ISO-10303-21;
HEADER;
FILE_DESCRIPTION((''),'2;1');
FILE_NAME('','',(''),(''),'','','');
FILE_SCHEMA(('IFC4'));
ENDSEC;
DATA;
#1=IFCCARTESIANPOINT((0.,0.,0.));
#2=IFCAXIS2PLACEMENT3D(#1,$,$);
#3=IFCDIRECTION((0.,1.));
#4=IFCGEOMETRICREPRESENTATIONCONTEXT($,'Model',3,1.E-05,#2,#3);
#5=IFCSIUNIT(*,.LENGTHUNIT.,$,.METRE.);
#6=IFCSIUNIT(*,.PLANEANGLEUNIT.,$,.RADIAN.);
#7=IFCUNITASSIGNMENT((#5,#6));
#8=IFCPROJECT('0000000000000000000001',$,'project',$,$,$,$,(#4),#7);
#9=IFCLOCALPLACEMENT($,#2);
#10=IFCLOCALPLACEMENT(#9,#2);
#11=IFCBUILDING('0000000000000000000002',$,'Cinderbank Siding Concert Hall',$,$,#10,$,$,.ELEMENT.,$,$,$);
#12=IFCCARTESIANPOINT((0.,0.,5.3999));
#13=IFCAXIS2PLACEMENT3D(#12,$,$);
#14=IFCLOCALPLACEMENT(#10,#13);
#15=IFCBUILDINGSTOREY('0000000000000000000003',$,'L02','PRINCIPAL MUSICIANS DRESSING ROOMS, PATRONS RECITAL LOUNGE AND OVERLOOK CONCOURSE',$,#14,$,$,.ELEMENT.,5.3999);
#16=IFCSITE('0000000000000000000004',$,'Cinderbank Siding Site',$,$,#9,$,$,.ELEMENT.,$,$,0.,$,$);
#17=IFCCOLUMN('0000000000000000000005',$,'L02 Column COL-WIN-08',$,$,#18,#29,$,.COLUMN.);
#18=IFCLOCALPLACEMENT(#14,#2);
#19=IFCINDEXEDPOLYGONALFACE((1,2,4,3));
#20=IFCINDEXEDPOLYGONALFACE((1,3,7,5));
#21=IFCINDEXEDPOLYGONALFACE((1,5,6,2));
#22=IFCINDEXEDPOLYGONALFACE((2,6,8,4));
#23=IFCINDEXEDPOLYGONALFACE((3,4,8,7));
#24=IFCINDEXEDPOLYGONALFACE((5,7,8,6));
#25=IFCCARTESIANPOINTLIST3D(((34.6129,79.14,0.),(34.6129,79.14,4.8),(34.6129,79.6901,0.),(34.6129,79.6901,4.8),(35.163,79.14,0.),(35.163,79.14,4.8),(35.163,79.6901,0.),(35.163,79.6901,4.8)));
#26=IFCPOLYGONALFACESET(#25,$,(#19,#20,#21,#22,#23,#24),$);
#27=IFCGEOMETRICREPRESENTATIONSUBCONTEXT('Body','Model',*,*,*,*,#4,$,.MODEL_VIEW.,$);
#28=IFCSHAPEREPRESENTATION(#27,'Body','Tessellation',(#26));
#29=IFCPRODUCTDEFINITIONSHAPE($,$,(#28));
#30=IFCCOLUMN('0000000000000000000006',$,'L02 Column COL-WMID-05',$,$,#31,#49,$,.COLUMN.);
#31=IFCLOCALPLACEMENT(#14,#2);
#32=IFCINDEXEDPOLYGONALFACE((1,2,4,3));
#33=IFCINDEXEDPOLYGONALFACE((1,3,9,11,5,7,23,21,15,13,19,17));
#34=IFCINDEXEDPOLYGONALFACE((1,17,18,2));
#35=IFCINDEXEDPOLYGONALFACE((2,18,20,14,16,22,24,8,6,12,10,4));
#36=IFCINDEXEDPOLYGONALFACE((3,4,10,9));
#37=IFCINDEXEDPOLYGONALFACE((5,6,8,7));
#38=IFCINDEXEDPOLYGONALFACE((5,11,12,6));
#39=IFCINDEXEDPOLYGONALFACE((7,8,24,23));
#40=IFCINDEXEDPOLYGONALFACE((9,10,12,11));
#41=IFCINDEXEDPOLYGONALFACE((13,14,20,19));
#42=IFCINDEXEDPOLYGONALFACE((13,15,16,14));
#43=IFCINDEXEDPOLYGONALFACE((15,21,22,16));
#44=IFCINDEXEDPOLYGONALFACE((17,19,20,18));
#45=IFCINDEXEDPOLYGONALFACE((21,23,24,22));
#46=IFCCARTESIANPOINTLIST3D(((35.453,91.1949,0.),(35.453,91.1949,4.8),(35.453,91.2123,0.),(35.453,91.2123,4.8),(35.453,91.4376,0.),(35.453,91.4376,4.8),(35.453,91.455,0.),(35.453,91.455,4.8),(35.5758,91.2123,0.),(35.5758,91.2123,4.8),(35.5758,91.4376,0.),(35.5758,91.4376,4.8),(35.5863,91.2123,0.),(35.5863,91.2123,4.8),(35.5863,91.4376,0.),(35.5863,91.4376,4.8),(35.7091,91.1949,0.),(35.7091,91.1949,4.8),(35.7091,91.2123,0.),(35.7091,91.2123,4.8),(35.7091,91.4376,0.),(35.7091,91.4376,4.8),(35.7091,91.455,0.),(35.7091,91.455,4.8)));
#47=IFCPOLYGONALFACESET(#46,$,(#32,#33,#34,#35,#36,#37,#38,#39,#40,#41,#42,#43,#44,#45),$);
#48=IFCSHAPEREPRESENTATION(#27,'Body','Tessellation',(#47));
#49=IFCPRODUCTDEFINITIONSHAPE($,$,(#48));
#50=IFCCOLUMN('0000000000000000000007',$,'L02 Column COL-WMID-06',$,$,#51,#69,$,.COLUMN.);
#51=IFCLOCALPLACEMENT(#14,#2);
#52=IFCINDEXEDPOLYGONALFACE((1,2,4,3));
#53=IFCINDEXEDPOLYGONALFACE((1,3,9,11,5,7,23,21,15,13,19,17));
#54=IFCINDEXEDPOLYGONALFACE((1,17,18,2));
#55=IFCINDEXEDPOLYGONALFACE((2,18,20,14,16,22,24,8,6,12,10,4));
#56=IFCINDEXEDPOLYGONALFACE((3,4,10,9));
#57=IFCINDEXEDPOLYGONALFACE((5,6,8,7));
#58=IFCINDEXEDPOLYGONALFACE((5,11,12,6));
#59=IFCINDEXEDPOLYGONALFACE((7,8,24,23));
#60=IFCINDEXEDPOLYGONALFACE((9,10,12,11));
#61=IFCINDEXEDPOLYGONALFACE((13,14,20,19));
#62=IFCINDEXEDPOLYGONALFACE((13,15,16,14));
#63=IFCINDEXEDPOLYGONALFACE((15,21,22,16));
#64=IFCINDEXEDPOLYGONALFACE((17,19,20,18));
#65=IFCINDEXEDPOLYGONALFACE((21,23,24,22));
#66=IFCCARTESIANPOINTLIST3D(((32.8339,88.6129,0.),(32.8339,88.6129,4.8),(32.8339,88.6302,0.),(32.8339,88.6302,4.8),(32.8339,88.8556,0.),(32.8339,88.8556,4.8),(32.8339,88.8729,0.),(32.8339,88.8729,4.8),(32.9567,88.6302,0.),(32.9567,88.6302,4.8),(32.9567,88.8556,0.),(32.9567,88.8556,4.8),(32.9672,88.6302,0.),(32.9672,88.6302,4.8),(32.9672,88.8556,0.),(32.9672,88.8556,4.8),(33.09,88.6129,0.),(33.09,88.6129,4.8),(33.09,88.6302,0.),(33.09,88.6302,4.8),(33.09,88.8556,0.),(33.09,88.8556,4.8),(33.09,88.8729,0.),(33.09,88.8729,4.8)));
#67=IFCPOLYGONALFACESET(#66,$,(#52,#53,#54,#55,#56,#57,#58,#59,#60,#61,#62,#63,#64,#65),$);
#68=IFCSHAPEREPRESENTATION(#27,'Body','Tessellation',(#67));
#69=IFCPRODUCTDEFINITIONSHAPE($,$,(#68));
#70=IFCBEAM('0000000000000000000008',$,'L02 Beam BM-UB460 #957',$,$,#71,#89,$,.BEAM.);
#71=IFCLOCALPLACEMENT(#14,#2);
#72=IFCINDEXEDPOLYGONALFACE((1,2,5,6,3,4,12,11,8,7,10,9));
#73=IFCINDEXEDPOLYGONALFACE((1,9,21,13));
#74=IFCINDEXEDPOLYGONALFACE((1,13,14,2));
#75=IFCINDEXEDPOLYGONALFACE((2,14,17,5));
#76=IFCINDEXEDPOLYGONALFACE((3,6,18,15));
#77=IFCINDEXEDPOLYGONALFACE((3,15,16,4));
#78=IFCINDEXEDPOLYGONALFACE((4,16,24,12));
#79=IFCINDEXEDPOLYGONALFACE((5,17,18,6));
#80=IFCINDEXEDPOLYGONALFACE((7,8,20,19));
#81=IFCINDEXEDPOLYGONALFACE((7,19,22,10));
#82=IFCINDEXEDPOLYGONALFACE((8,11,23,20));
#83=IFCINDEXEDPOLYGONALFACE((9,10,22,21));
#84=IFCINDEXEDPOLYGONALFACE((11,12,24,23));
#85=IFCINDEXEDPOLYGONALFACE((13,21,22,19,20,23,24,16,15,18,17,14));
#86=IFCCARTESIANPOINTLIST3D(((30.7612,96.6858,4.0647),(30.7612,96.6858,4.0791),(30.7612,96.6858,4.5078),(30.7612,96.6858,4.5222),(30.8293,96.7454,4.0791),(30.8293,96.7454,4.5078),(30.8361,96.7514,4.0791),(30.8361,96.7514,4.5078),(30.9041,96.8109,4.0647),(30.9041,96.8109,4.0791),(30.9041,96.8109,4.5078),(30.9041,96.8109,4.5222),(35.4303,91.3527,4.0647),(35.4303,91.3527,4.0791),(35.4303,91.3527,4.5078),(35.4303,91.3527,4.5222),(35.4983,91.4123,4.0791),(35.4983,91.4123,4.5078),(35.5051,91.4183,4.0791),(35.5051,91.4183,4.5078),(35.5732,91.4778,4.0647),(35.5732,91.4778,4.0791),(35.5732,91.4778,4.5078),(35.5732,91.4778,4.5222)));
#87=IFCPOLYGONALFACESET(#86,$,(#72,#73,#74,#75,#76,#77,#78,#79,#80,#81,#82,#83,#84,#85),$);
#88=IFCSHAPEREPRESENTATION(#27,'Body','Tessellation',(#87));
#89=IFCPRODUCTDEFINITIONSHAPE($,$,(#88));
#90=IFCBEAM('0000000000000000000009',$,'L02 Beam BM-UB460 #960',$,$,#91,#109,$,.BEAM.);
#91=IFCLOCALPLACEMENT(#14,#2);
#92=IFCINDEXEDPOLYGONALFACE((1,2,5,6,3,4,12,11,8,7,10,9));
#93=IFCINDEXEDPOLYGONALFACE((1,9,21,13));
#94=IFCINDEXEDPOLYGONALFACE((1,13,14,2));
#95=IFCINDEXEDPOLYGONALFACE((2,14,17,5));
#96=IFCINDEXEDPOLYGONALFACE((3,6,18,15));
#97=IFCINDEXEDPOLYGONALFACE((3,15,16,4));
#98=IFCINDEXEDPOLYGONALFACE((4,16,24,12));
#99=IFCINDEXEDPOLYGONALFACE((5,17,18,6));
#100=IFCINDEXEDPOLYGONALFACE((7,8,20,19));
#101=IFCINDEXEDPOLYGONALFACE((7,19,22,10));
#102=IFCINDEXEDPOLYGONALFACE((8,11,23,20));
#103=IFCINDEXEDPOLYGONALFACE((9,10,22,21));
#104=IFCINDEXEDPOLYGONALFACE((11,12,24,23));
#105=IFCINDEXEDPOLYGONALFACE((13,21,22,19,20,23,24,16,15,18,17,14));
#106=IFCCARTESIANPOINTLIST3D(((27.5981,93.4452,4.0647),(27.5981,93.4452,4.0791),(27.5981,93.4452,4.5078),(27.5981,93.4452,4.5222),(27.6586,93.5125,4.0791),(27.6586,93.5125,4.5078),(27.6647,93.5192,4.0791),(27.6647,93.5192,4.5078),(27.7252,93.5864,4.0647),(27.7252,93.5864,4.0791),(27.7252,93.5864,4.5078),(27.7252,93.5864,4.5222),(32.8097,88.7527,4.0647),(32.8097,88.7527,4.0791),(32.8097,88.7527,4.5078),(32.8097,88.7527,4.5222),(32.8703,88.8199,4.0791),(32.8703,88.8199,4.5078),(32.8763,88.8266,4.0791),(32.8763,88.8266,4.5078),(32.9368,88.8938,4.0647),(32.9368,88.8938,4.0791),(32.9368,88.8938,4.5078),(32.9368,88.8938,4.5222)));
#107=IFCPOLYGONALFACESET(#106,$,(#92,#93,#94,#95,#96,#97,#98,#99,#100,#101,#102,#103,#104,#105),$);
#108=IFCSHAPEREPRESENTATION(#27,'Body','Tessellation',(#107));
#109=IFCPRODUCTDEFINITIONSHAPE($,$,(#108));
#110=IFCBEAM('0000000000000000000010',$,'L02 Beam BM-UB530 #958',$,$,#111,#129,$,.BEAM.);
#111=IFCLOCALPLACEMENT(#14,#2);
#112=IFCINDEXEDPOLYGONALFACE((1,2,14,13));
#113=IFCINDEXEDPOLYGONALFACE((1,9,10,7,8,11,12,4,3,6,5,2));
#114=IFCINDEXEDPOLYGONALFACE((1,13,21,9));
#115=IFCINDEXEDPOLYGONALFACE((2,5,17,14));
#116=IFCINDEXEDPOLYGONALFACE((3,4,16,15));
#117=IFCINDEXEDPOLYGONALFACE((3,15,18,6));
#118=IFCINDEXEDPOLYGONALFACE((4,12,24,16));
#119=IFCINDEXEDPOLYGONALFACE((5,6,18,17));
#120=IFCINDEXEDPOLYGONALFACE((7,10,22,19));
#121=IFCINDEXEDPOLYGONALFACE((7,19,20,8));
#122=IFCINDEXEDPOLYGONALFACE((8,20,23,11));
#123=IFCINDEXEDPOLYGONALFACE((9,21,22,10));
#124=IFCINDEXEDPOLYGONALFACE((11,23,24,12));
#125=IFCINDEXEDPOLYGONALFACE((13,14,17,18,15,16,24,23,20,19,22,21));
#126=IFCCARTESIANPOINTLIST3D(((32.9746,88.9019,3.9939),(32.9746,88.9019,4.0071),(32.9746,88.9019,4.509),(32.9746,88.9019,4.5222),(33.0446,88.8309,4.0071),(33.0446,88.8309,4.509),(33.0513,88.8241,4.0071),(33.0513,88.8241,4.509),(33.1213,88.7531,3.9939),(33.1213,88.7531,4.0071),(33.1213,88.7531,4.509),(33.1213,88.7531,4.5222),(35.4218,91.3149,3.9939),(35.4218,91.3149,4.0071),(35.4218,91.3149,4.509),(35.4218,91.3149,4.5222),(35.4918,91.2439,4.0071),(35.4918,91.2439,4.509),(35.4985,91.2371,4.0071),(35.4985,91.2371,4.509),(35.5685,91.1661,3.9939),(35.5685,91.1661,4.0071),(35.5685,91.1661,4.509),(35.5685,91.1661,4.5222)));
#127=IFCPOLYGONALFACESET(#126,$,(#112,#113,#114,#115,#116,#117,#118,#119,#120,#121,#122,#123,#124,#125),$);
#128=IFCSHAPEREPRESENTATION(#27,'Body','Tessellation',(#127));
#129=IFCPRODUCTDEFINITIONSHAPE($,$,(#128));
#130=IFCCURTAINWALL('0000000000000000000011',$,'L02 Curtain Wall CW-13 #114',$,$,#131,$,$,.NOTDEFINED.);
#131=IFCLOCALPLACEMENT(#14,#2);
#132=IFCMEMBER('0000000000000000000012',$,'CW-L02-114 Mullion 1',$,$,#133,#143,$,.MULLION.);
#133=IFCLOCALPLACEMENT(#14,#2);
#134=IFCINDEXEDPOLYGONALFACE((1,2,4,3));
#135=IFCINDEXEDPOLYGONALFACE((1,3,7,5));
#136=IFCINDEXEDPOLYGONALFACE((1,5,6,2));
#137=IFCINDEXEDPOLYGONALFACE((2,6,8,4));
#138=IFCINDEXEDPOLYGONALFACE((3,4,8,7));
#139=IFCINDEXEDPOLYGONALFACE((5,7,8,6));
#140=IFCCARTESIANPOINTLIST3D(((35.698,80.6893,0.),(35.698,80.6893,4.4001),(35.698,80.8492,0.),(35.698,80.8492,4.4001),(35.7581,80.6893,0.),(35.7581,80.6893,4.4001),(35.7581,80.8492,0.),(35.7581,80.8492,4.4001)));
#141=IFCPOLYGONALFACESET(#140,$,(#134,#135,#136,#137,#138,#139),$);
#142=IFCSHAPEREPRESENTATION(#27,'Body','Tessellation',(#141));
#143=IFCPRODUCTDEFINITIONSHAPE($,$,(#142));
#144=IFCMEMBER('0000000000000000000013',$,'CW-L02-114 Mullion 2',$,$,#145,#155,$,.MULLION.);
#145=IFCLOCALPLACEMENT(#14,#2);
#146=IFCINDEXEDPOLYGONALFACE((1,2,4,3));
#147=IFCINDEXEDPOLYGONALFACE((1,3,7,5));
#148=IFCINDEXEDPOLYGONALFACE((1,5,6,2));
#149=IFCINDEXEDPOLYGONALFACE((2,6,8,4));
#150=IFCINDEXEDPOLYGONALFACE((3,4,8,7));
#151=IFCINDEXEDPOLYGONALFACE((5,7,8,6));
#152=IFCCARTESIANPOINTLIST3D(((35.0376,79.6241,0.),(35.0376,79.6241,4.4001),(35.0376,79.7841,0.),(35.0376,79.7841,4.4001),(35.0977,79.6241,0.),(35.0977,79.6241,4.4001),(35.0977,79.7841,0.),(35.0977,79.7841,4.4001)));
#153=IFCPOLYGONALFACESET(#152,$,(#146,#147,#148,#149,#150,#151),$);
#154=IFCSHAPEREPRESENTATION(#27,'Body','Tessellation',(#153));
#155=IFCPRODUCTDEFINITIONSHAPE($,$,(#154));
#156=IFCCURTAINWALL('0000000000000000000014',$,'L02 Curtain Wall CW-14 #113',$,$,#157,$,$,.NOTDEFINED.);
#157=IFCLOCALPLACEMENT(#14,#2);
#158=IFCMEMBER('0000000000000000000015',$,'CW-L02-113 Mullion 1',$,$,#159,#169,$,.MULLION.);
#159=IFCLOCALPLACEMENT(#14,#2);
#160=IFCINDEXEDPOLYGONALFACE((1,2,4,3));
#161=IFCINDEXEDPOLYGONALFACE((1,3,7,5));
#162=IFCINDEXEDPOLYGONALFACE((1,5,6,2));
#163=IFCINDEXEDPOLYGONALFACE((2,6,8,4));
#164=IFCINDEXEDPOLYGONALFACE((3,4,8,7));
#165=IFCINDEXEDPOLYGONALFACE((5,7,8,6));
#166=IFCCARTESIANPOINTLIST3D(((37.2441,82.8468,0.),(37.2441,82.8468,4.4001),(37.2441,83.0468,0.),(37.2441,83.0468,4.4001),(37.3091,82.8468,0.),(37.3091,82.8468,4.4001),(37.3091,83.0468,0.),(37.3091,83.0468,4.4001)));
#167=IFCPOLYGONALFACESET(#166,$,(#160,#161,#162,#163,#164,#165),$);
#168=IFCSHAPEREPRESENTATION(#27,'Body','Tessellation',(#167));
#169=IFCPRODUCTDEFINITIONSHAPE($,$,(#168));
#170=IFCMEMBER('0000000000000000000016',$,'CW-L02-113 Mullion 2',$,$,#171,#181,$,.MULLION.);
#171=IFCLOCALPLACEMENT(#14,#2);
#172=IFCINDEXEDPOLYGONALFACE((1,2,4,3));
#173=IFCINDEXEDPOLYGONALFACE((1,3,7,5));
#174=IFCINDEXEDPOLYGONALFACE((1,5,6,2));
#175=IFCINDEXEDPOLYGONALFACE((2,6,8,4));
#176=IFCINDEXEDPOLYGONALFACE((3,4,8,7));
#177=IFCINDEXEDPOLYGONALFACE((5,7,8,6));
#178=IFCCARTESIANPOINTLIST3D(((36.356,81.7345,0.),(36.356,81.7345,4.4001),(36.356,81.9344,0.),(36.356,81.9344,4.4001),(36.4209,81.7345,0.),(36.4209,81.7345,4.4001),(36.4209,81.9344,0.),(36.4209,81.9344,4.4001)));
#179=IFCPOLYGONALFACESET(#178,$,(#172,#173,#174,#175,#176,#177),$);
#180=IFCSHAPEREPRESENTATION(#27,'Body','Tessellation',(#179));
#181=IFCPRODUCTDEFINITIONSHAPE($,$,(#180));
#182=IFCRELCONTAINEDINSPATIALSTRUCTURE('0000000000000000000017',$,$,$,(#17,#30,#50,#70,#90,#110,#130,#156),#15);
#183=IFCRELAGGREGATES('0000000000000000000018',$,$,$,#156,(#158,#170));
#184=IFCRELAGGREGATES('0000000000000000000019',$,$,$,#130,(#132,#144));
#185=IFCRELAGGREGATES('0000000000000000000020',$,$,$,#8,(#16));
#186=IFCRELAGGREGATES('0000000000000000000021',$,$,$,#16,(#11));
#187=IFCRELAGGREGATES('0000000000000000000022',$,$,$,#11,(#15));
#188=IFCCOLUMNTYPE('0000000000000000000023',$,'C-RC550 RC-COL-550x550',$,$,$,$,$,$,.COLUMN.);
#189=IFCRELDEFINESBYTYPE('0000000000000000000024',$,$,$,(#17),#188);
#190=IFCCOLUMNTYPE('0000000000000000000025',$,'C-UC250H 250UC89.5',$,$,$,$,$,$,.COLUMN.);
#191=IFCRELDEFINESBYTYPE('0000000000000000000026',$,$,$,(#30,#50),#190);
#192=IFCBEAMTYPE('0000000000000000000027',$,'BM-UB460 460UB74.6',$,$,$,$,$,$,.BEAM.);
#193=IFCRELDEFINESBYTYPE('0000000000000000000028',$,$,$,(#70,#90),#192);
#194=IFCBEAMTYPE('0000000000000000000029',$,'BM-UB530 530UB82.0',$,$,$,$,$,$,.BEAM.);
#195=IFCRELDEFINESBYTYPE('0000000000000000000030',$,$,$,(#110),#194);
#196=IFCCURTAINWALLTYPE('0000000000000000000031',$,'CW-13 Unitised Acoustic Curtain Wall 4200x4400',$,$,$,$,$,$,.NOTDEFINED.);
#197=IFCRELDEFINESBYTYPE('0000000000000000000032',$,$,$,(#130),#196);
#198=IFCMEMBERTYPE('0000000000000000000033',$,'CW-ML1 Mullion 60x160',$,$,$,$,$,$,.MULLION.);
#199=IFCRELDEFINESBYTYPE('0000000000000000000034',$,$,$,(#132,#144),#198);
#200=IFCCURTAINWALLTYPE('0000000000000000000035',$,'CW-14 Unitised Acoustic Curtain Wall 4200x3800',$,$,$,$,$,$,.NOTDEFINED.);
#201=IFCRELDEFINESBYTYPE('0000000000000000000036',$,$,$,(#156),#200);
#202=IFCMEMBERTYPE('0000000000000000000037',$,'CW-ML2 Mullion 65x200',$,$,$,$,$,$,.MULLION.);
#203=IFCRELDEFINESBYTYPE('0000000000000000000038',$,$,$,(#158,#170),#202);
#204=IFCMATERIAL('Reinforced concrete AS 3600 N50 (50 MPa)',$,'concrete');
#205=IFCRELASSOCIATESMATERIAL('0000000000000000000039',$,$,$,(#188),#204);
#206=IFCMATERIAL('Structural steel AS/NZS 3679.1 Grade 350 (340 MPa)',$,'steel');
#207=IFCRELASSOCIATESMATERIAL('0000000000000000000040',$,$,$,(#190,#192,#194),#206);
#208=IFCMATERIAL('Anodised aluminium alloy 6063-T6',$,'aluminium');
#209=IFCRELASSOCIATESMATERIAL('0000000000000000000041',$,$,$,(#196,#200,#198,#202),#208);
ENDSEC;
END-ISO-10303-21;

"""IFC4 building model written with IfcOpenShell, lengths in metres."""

from ifc_helpers import new_model, si_unit, direction, frame, origin, origin_2d, place, context, subcontext, project, spatial, rectangle, i_section, extrude, material, material_profile, profile_set, type_object, element, aggregate, save


model = new_model("IFC4")

# Units and contexts
model_context = context("Model", 3, precision=1e-05, world=origin(), true_north=direction((0.0, 1.0)))
body_context = subcontext(model_context, "Body", "Model", "MODEL_VIEW")
ifc_project = project(units=[si_unit("LENGTHUNIT", "METRE"), si_unit("PLANEANGLEUNIT", "RADIAN")], contexts=[model_context])

# Site, building, storey
site_placement = place(None, origin())
site = spatial("IfcSite", under=ifc_project, at=site_placement, Name="Cinderbank Siding Site", CompositionType="ELEMENT", RefElevation=0.0)
building_placement = place(site_placement, origin())
building = spatial("IfcBuilding", under=site, at=building_placement, Name="Cinderbank Siding Concert Hall", CompositionType="ELEMENT")
storey_placement = place(building_placement, frame((0.0, 0.0, 5.3999)))
storey = spatial("IfcBuildingStorey", under=building, at=storey_placement, Name="L02", Description="PRINCIPAL MUSICIANS DRESSING ROOMS, PATRONS RECITAL LOUNGE AND OVERLOOK CONCOURSE", CompositionType="ELEMENT", Elevation=5.3999)

# Columns
ifc_material_1 = material(Name="Reinforced concrete AS 3600 N50 (50 MPa)", Category="concrete")
ifc_material_profile_1 = material_profile(ifc_material_1, rectangle(XDim=0.55, YDim=0.55, at=origin_2d()), Name="RC-COL-550x550", Category="LoadBearing")
ifc_profile_set_1 = profile_set([ifc_material_profile_1], Name="Reinforced concrete AS 3600 N50 (50 MPa)")
column_type_1 = type_object("IfcColumnType", Name="C-RC550 RC-COL-550x550", PredefinedType="COLUMN", material=ifc_profile_set_1)
column_placement = place(storey_placement, frame((34.8879, 79.415, 0.0), z_axis=(0.0, 0.0, 1.0), x_axis=(1.0, 0.0, 0.0)))
element("IfcColumn", 1, at=column_placement, inside=storey, type_object=column_type_1, Name="L02 Column COL-WIN-08", PredefinedType="COLUMN", context=body_context, shape_type="SweptSolid", body=[
    extrude(rectangle(XDim=0.55, YDim=0.55, at=origin_2d()), origin(), (0.0, 0.0, 1.0), 4.8),
])
ifc_material_2 = material(Name="Structural steel AS/NZS 3679.1 Grade 350 (340 MPa)", Category="steel")
ifc_material_profile_2 = material_profile(ifc_material_2, i_section(OverallWidth=0.2561, OverallDepth=0.26, WebThickness=0.0105, FlangeThickness=0.0173, at=origin_2d()), Name="250UC89.5", Category="LoadBearing")
ifc_profile_set_2 = profile_set([ifc_material_profile_2], Name="Structural steel AS/NZS 3679.1 Grade 350 (340 MPa)")
column_type_2 = type_object("IfcColumnType", Name="C-UC250H 250UC89.5", PredefinedType="COLUMN", material=ifc_profile_set_2)
for number, where, z_axis, x_axis, name in (
    (2, (35.5811, 91.325, 0.0), (0.0, 0.0, 1.0), (1.0, 0.0, 0.0), "L02 Column COL-WMID-05"),
    (3, (32.9619, 88.7429, 0.0), (0.0, 0.0, 1.0), (1.0, 0.0, 0.0), "L02 Column COL-WMID-06"),
):
    element("IfcColumn", number, at=place(storey_placement, frame(where, z_axis=z_axis, x_axis=x_axis)), inside=storey, type_object=column_type_2, Name=name, PredefinedType="COLUMN", context=body_context, shape_type="SweptSolid", body=[
        extrude(i_section(OverallWidth=0.2561, OverallDepth=0.26, WebThickness=0.0105, FlangeThickness=0.0173, at=origin_2d()), origin(), (0.0, 0.0, 1.0), 4.8),
    ])

# Beams
ifc_material_profile_3 = material_profile(ifc_material_2, i_section(OverallWidth=0.1899, OverallDepth=0.4575, WebThickness=0.009, FlangeThickness=0.0144, at=origin_2d()), Name="460UB74.6", Category="LoadBearing")
ifc_profile_set_3 = profile_set([ifc_material_profile_3], Name="Structural steel AS/NZS 3679.1 Grade 350 (340 MPa)")
beam_type_1 = type_object("IfcBeamType", Name="BM-UB460 460UB74.6", PredefinedType="BEAM", material=ifc_profile_set_3)
beam_1_placement = place(storey_placement, frame((35.5017, 91.4153, 4.2935), z_axis=(-0.658709, 0.752397, 0.0), x_axis=(-0.752397, -0.658709, 0.0)))
element("IfcBeam", 4, at=beam_1_placement, inside=storey, type_object=beam_type_1, Name="L02 Beam BM-UB460 #957", PredefinedType="BEAM", context=body_context, shape_type="SweptSolid", body=[
    extrude(i_section(OverallWidth=0.1899, OverallDepth=0.4575, WebThickness=0.009, FlangeThickness=0.0144, at=origin_2d()), origin(), (0.0, 0.0, 1.0), 7.0881),
])
beam_2_placement = place(storey_placement, frame((32.8733, 88.8232, 4.2935), z_axis=(-0.743144, 0.669132, 0.0), x_axis=(-0.669132, -0.743144, 0.0)))
element("IfcBeam", 5, at=beam_2_placement, inside=storey, type_object=beam_type_1, Name="L02 Beam BM-UB460 #960", PredefinedType="BEAM", context=body_context, shape_type="SweptSolid", body=[
    extrude(i_section(OverallWidth=0.1899, OverallDepth=0.4575, WebThickness=0.009, FlangeThickness=0.0144, at=origin_2d()), origin(), (0.0, 0.0, 1.0), 7.0129),
])
ifc_material_profile_4 = material_profile(ifc_material_2, i_section(OverallWidth=0.209, OverallDepth=0.5283, WebThickness=0.0095, FlangeThickness=0.0132, at=origin_2d()), Name="530UB82.0", Category="LoadBearing")
ifc_profile_set_4 = profile_set([ifc_material_profile_4], Name="Structural steel AS/NZS 3679.1 Grade 350 (340 MPa)")
beam_type_2 = type_object("IfcBeamType", Name="BM-UB530 530UB82.0", PredefinedType="BEAM", material=ifc_profile_set_4)
beam_3_placement = place(storey_placement, frame((35.4951, 91.2405, 4.2581), z_axis=(-0.712062, -0.702117, 0.0), x_axis=(0.702117, -0.712062, 0.0)))
element("IfcBeam", 6, at=beam_3_placement, inside=storey, type_object=beam_type_2, Name="L02 Beam BM-UB530 #958", PredefinedType="BEAM", context=body_context, shape_type="SweptSolid", body=[
    extrude(i_section(OverallWidth=0.209, OverallDepth=0.5283, WebThickness=0.0095, FlangeThickness=0.0132, at=origin_2d()), origin(), (0.0, 0.0, 1.0), 3.4368),
])

# Curtain walls, members
ifc_material_3 = material(Name="Anodised aluminium alloy 6063-T6", Category="aluminium")
curtain_wall_type_1 = type_object("IfcCurtainWallType", Name="CW-13 Unitised Acoustic Curtain Wall 4200x4400", PredefinedType="NOTDEFINED", material=ifc_material_3)
curtain_wall_1_placement = place(storey_placement, origin())
curtain_wall_1 = element("IfcCurtainWall", 7, at=curtain_wall_1_placement, inside=storey, type_object=curtain_wall_type_1, Name="L02 Curtain Wall CW-13 #114", PredefinedType="NOTDEFINED")
ifc_material_profile_5 = material_profile(ifc_material_3, rectangle(XDim=0.0601, YDim=0.1599, at=origin_2d()), Name="ALU-MULL-60x160", Category="LoadBearing")
ifc_profile_set_5 = profile_set([ifc_material_profile_5], Name="Anodised aluminium alloy 6063-T6")
member_type_1 = type_object("IfcMemberType", Name="CW-ML1 Mullion 60x160", PredefinedType="MULLION", material=ifc_profile_set_5)
member_1_placement = place(storey_placement, frame((35.728, 80.7693, 0.0), z_axis=(0.0, 0.0, 1.0), x_axis=(1.0, 0.0, 0.0)))
member_1 = element("IfcMember", 8, at=member_1_placement, type_object=member_type_1, Name="CW-L02-114 Mullion 1", PredefinedType="MULLION", context=body_context, shape_type="SweptSolid", body=[
    extrude(rectangle(XDim=0.0601, YDim=0.1599, at=origin_2d()), origin(), (0.0, 0.0, 1.0), 4.4001),
])
member_2_placement = place(storey_placement, frame((35.0676, 79.7041, 0.0), z_axis=(0.0, 0.0, 1.0), x_axis=(1.0, 0.0, 0.0)))
member_2 = element("IfcMember", 9, at=member_2_placement, type_object=member_type_1, Name="CW-L02-114 Mullion 2", PredefinedType="MULLION", context=body_context, shape_type="SweptSolid", body=[
    extrude(rectangle(XDim=0.0601, YDim=0.1599, at=origin_2d()), origin(), (0.0, 0.0, 1.0), 4.4001),
])
curtain_wall_type_2 = type_object("IfcCurtainWallType", Name="CW-14 Unitised Acoustic Curtain Wall 4200x3800", PredefinedType="NOTDEFINED", material=ifc_material_3)
curtain_wall_2_placement = place(storey_placement, origin())
curtain_wall_2 = element("IfcCurtainWall", 10, at=curtain_wall_2_placement, inside=storey, type_object=curtain_wall_type_2, Name="L02 Curtain Wall CW-14 #113", PredefinedType="NOTDEFINED")
ifc_material_profile_6 = material_profile(ifc_material_3, rectangle(XDim=0.0649, YDim=0.2, at=origin_2d()), Name="ALU-MULL-65x200", Category="LoadBearing")
ifc_profile_set_6 = profile_set([ifc_material_profile_6], Name="Anodised aluminium alloy 6063-T6")
member_type_2 = type_object("IfcMemberType", Name="CW-ML2 Mullion 65x200", PredefinedType="MULLION", material=ifc_profile_set_6)
member_3_placement = place(storey_placement, frame((37.2766, 82.9468, 0.0), z_axis=(0.0, 0.0, 1.0), x_axis=(1.0, 0.0, 0.0)))
member_3 = element("IfcMember", 11, at=member_3_placement, type_object=member_type_2, Name="CW-L02-113 Mullion 1", PredefinedType="MULLION", context=body_context, shape_type="SweptSolid", body=[
    extrude(rectangle(XDim=0.0649, YDim=0.2, at=origin_2d()), origin(), (0.0, 0.0, 1.0), 4.4001),
])
member_4_placement = place(storey_placement, frame((36.3884, 81.8345, 0.0), z_axis=(0.0, 0.0, 1.0), x_axis=(1.0, 0.0, 0.0)))
member_4 = element("IfcMember", 12, at=member_4_placement, type_object=member_type_2, Name="CW-L02-113 Mullion 2", PredefinedType="MULLION", context=body_context, shape_type="SweptSolid", body=[
    extrude(rectangle(XDim=0.0649, YDim=0.2, at=origin_2d()), origin(), (0.0, 0.0, 1.0), 4.4001),
])

aggregate(curtain_wall_2, [member_3, member_4])
aggregate(curtain_wall_1, [member_1, member_2])

save(model, "model.ifc")
